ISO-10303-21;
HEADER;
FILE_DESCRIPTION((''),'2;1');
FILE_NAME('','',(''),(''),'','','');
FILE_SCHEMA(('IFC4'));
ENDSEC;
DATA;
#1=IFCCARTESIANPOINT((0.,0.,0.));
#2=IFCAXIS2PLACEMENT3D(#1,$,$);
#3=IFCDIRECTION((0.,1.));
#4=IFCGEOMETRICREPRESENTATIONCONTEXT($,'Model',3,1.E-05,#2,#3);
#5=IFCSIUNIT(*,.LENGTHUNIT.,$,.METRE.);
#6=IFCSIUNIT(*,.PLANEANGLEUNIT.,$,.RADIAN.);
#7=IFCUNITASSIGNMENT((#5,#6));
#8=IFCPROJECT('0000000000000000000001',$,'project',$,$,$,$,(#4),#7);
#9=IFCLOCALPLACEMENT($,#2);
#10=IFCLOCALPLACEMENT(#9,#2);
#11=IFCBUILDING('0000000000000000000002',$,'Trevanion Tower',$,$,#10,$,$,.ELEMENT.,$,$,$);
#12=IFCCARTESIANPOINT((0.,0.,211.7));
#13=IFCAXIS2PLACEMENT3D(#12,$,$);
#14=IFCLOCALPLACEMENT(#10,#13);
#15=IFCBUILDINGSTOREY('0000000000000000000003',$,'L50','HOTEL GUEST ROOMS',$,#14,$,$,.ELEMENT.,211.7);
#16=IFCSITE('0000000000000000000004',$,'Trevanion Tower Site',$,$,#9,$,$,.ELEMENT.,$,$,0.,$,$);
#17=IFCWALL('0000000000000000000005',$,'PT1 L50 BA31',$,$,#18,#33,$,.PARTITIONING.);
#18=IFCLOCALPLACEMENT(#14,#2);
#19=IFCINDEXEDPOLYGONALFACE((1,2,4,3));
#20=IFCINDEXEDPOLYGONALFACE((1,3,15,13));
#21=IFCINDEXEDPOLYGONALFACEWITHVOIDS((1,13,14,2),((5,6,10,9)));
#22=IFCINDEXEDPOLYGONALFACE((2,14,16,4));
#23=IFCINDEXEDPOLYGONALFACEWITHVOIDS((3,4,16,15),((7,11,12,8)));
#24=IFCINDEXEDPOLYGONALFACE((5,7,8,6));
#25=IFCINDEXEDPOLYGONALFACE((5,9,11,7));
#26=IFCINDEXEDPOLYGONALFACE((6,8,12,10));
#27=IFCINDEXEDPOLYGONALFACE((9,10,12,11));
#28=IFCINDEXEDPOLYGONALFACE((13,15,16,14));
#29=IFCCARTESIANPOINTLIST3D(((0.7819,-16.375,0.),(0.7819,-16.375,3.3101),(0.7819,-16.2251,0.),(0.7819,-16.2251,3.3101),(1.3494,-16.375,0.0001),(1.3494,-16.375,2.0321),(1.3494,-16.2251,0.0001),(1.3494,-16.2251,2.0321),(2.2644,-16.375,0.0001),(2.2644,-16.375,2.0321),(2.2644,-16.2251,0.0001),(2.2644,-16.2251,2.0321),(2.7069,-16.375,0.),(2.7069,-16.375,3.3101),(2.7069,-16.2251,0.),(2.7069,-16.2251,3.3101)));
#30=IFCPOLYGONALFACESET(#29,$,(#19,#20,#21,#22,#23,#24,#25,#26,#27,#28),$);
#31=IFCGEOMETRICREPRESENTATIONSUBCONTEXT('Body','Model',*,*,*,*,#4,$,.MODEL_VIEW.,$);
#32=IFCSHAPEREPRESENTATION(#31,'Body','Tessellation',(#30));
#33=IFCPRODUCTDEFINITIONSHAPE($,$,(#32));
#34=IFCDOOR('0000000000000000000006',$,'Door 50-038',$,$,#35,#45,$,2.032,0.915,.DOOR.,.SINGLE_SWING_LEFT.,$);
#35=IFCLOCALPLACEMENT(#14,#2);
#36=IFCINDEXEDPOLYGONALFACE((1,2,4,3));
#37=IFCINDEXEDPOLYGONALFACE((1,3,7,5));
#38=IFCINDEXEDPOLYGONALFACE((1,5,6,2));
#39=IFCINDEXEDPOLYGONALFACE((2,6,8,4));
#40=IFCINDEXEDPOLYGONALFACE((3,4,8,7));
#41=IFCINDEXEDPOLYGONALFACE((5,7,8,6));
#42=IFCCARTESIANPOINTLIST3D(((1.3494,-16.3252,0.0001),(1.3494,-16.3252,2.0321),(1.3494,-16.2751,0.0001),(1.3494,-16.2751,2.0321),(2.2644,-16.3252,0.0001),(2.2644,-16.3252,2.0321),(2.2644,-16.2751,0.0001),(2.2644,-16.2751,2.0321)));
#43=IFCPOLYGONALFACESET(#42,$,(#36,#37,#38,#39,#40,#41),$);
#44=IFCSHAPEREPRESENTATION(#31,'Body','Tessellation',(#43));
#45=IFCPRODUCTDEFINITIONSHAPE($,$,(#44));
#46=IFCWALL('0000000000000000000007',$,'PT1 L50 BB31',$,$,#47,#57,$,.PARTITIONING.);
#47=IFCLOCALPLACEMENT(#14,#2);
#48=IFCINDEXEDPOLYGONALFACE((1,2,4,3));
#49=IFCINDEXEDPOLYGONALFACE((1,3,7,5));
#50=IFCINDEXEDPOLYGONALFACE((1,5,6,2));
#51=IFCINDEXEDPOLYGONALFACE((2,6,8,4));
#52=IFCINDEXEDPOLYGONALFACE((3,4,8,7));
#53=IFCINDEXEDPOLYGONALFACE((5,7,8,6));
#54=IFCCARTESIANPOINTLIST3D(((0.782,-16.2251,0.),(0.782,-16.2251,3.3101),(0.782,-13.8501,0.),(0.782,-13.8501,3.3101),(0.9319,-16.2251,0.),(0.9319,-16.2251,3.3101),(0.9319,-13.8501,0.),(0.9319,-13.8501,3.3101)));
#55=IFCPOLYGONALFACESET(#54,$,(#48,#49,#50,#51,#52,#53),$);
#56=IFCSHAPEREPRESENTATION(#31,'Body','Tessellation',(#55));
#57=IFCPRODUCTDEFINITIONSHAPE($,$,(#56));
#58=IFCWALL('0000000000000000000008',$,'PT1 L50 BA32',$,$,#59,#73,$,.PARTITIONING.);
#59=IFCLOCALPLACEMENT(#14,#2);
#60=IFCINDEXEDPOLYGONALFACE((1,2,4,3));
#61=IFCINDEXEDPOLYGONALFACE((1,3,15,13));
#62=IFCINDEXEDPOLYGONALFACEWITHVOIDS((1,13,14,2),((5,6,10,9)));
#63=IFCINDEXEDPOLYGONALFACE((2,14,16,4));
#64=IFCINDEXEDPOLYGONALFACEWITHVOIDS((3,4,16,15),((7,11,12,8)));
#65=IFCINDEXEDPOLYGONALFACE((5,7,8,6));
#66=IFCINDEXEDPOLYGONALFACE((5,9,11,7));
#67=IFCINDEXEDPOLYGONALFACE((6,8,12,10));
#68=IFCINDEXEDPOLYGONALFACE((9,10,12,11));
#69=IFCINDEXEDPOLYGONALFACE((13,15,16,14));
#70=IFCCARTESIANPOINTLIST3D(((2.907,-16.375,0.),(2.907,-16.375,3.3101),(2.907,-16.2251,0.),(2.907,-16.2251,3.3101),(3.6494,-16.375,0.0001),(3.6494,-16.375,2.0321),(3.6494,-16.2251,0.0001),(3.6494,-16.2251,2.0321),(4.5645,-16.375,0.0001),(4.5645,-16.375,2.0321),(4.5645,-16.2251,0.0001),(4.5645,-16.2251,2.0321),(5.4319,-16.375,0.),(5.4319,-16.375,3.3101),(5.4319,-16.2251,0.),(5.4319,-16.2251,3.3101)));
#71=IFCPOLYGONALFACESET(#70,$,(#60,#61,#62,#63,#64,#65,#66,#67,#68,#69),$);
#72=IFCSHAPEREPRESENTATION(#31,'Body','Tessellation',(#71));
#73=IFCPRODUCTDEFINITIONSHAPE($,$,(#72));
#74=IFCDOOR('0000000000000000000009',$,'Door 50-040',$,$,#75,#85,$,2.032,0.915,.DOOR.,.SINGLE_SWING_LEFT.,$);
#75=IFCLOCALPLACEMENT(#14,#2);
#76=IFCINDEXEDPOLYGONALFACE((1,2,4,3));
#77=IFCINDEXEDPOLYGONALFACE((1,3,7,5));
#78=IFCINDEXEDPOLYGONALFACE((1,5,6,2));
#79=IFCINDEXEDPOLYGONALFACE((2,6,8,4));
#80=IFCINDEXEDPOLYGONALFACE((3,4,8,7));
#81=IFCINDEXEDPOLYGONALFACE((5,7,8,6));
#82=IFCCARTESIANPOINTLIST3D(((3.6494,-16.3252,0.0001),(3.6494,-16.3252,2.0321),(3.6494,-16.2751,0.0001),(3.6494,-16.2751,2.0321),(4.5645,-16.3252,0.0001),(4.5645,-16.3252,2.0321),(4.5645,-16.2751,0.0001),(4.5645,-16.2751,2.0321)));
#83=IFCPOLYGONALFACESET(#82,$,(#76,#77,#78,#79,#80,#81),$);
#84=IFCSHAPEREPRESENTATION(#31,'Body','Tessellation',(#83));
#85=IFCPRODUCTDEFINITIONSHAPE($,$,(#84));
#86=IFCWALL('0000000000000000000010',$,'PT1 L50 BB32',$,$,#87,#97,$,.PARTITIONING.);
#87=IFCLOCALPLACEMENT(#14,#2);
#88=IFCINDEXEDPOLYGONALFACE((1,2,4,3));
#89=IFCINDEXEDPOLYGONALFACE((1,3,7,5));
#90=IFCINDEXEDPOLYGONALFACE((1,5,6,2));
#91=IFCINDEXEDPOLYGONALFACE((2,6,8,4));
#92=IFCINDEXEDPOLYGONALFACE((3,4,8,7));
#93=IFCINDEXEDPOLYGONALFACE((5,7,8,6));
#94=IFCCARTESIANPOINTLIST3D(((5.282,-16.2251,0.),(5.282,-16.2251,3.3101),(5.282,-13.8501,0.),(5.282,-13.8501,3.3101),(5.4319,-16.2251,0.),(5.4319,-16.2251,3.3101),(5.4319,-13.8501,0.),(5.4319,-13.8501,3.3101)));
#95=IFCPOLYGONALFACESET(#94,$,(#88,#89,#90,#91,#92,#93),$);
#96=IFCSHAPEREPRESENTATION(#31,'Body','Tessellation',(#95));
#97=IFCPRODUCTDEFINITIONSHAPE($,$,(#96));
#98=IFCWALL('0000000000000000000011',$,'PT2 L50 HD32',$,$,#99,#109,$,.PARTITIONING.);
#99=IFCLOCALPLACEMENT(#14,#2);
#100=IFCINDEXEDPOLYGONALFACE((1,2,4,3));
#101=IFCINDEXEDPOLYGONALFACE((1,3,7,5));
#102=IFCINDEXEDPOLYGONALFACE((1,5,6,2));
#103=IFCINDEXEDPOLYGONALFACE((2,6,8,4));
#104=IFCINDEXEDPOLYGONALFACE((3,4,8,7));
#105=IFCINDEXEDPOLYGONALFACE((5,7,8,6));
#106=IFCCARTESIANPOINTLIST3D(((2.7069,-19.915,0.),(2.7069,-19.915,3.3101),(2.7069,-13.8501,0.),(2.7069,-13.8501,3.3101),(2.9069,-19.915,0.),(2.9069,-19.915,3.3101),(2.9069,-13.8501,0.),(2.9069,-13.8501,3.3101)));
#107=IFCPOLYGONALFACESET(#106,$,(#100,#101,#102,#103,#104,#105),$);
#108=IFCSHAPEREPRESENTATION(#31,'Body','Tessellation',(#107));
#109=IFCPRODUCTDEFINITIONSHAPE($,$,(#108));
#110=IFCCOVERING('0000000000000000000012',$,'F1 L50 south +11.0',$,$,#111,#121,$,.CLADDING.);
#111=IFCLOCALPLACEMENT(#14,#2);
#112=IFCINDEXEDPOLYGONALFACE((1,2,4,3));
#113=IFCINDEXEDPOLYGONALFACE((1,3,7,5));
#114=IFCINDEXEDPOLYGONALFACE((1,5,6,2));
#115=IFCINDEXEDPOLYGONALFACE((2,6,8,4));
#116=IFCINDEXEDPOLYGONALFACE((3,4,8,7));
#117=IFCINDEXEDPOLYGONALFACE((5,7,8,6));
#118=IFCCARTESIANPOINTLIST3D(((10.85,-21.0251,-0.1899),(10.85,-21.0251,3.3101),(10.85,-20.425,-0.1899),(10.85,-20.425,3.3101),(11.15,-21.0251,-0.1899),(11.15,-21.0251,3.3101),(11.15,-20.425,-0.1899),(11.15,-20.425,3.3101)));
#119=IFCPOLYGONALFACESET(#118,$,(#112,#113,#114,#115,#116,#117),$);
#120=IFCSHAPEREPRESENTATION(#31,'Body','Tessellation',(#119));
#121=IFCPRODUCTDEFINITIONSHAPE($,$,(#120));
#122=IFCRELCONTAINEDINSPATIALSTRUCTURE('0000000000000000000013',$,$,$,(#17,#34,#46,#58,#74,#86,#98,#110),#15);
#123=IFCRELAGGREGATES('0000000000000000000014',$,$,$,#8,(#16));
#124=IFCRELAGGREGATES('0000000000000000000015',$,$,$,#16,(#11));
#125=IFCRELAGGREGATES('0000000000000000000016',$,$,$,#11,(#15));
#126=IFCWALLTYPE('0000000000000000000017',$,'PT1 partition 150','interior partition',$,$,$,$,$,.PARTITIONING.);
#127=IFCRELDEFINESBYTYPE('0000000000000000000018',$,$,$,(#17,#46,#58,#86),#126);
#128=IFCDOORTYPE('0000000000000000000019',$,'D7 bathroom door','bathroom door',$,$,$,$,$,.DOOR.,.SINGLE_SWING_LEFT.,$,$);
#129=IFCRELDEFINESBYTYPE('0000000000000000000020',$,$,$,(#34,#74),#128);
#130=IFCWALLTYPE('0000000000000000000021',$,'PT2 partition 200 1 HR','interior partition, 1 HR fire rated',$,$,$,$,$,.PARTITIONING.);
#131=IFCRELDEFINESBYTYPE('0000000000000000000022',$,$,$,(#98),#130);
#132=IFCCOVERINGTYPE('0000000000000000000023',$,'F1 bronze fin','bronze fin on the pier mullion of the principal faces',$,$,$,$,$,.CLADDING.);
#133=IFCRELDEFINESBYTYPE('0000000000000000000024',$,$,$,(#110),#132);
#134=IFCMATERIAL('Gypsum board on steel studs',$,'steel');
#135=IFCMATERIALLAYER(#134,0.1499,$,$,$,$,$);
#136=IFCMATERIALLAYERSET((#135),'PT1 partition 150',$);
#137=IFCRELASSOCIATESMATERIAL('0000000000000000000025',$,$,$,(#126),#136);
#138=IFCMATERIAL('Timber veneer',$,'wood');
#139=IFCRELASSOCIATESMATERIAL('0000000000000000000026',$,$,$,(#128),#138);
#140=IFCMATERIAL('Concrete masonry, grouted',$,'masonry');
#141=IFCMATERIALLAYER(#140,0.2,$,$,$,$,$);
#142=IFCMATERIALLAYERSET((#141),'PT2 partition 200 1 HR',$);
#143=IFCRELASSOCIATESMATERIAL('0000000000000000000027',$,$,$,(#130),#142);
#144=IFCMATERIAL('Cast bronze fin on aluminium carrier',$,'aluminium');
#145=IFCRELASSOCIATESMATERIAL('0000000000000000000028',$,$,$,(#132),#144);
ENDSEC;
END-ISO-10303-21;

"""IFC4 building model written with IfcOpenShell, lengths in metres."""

from ifc_helpers import new_model, si_unit, direction, frame, frame_2d, origin, origin_2d, place, context, subcontext, project, spatial, rectangle, extrude, material, layer, layer_set, type_object, element, fill, save


model = new_model("IFC4")

# Units and contexts
model_context = context("Model", 3, precision=1e-05, world=origin(), true_north=direction((0.0, 1.0)))
body_context = subcontext(model_context, "Body", "Model", "MODEL_VIEW")
ifc_project = project(units=[si_unit("LENGTHUNIT", "METRE"), si_unit("PLANEANGLEUNIT", "RADIAN")], contexts=[model_context])

# Site, building, storey
site_placement = place(None, origin())
site = spatial("IfcSite", under=ifc_project, at=site_placement, Name="Trevanion Tower Site", CompositionType="ELEMENT", RefElevation=0.0)
building_placement = place(site_placement, origin())
building = spatial("IfcBuilding", under=site, at=building_placement, Name="Trevanion Tower", CompositionType="ELEMENT")
storey_placement = place(building_placement, frame((0.0, 0.0, 211.7)))
storey = spatial("IfcBuildingStorey", under=building, at=storey_placement, Name="L50", Description="HOTEL GUEST ROOMS", CompositionType="ELEMENT", Elevation=211.7)

# Wall, opening, door
ifc_material_1 = material(Name="Gypsum board on steel studs", Category="steel")
ifc_layer_1 = layer(ifc_material_1, 0.1499)
ifc_layer_set_1 = layer_set([ifc_layer_1], Name="PT1 partition 150")
wall_type_1 = type_object("IfcWallType", Name="PT1 partition 150", Description="interior partition", PredefinedType="PARTITIONING", material=ifc_layer_set_1)
wall_1_placement = place(storey_placement, frame((0.782, -16.3, 0.0), z_axis=(0.0, 0.0, 1.0), x_axis=(1.0, 0.0, 0.0)))
wall_1 = element("IfcWall", 1, at=wall_1_placement, inside=storey, type_object=wall_type_1, Name="PT1 L50 BA31", PredefinedType="PARTITIONING", context=body_context, shape_type="SweptSolid", body=[
    extrude(rectangle(XDim=1.925, YDim=0.1499, at=frame_2d((0.9624, 0.0))), origin(), (0.0, 0.0, 1.0), 3.3101),
])
opening_1_placement = place(wall_1_placement, frame((0.5674, 0.0, 0.0)))
opening_1 = element("IfcOpeningElement", 2, at=opening_1_placement, cuts=wall_1, PredefinedType="OPENING", context=body_context, shape_type="SweptSolid", body=[
    extrude(rectangle(XDim=0.915, YDim=2.032, at=frame_2d((0.4575, 1.0161))), frame((0.0, 0.085, 0.0), z_axis=(0.0, -1.0, 0.0), x_axis=(1.0, 0.0, 0.0)), (0.0, 0.0, 1.0), 0.1699),
])
ifc_material_2 = material(Name="Timber veneer", Category="wood")
door_type = type_object("IfcDoorType", Name="D7 bathroom door", Description="bathroom door", OperationType="SINGLE_SWING_LEFT", PredefinedType="DOOR", material=ifc_material_2)
door_1_placement = place(opening_1_placement, origin())
door_1 = element("IfcDoor", 3, at=door_1_placement, inside=storey, type_object=door_type, Name="Door 50-038", OperationType="SINGLE_SWING_LEFT", OverallHeight=2.032, OverallWidth=0.915, PredefinedType="DOOR", context=body_context, shape_type="SweptSolid", body=[
    extrude(rectangle(XDim=0.915, YDim=2.032, at=frame_2d((0.4575, 1.0161))), frame((0.0, 0.0249, 0.0), z_axis=(0.0, -1.0, 0.0), x_axis=(1.0, 0.0, 0.0)), (0.0, 0.0, 1.0), 0.05),
])
fill(opening_1, door_1)

# Wall
wall_2_placement = place(storey_placement, frame((0.8569, -13.8501, 0.0), z_axis=(0.0, 0.0, 1.0), x_axis=(0.0, -1.0, 0.0)))
element("IfcWall", 4, at=wall_2_placement, inside=storey, type_object=wall_type_1, Name="PT1 L50 BB31", PredefinedType="PARTITIONING", context=body_context, shape_type="SweptSolid", body=[
    extrude(rectangle(XDim=2.375, YDim=0.1499, at=frame_2d((1.1875, 0.0))), origin(), (0.0, 0.0, 1.0), 3.3101),
])

# Wall, opening, door
wall_3_placement = place(storey_placement, frame((2.907, -16.3, 0.0), z_axis=(0.0, 0.0, 1.0), x_axis=(1.0, 0.0, 0.0)))
wall_3 = element("IfcWall", 5, at=wall_3_placement, inside=storey, type_object=wall_type_1, Name="PT1 L50 BA32", PredefinedType="PARTITIONING", context=body_context, shape_type="SweptSolid", body=[
    extrude(rectangle(XDim=2.5249, YDim=0.1499, at=frame_2d((1.2625, 0.0))), origin(), (0.0, 0.0, 1.0), 3.3101),
])
opening_2_placement = place(wall_3_placement, frame((0.7424, 0.0, 0.0)))
opening_2 = element("IfcOpeningElement", 6, at=opening_2_placement, cuts=wall_3, PredefinedType="OPENING", context=body_context, shape_type="SweptSolid", body=[
    extrude(rectangle(XDim=0.915, YDim=2.032, at=frame_2d((0.4575, 1.0161))), frame((0.0, 0.085, 0.0), z_axis=(0.0, -1.0, 0.0), x_axis=(1.0, 0.0, 0.0)), (0.0, 0.0, 1.0), 0.1699),
])
door_2_placement = place(opening_2_placement, origin())
door_2 = element("IfcDoor", 7, at=door_2_placement, inside=storey, type_object=door_type, Name="Door 50-040", OperationType="SINGLE_SWING_LEFT", OverallHeight=2.032, OverallWidth=0.915, PredefinedType="DOOR", context=body_context, shape_type="SweptSolid", body=[
    extrude(rectangle(XDim=0.915, YDim=2.032, at=frame_2d((0.4575, 1.0161))), frame((0.0, 0.0249, 0.0), z_axis=(0.0, -1.0, 0.0), x_axis=(1.0, 0.0, 0.0)), (0.0, 0.0, 1.0), 0.05),
])
fill(opening_2, door_2)

# Walls
wall_4_placement = place(storey_placement, frame((5.3569, -13.8501, 0.0), z_axis=(0.0, 0.0, 1.0), x_axis=(0.0, -1.0, 0.0)))
element("IfcWall", 8, at=wall_4_placement, inside=storey, type_object=wall_type_1, Name="PT1 L50 BB32", PredefinedType="PARTITIONING", context=body_context, shape_type="SweptSolid", body=[
    extrude(rectangle(XDim=2.375, YDim=0.1499, at=frame_2d((1.1875, 0.0))), origin(), (0.0, 0.0, 1.0), 3.3101),
])
ifc_material_3 = material(Name="Concrete masonry, grouted", Category="masonry")
ifc_layer_2 = layer(ifc_material_3, 0.2)
ifc_layer_set_2 = layer_set([ifc_layer_2], Name="PT2 partition 200 1 HR")
wall_type_2 = type_object("IfcWallType", Name="PT2 partition 200 1 HR", Description="interior partition, 1 HR fire rated", PredefinedType="PARTITIONING", material=ifc_layer_set_2)
wall_5_placement = place(storey_placement, frame((2.8069, -13.8501, 0.0), z_axis=(0.0, 0.0, 1.0), x_axis=(0.0, -1.0, 0.0)))
element("IfcWall", 9, at=wall_5_placement, inside=storey, type_object=wall_type_2, Name="PT2 L50 HD32", PredefinedType="PARTITIONING", context=body_context, shape_type="SweptSolid", body=[
    extrude(rectangle(XDim=6.0649, YDim=0.2, at=frame_2d((3.0325, 0.0))), origin(), (0.0, 0.0, 1.0), 3.3101),
])

# Covering
ifc_material_4 = material(Name="Cast bronze fin on aluminium carrier", Category="aluminium")
covering_type = type_object("IfcCoveringType", Name="F1 bronze fin", Description="bronze fin on the pier mullion of the principal faces", PredefinedType="CLADDING", material=ifc_material_4)
covering_placement = place(storey_placement, frame((11.0, -20.7251, -0.1899), z_axis=(0.0, 0.0, 1.0), x_axis=(1.0, 0.0, 0.0)))
element("IfcCovering", 10, at=covering_placement, inside=storey, type_object=covering_type, Name="F1 L50 south +11.0", PredefinedType="CLADDING", context=body_context, shape_type="SweptSolid", body=[
    extrude(rectangle(XDim=0.3, YDim=0.6001, at=origin_2d()), origin(), (0.0, 0.0, 1.0), 3.5),
])

save(model, "model.ifc")
